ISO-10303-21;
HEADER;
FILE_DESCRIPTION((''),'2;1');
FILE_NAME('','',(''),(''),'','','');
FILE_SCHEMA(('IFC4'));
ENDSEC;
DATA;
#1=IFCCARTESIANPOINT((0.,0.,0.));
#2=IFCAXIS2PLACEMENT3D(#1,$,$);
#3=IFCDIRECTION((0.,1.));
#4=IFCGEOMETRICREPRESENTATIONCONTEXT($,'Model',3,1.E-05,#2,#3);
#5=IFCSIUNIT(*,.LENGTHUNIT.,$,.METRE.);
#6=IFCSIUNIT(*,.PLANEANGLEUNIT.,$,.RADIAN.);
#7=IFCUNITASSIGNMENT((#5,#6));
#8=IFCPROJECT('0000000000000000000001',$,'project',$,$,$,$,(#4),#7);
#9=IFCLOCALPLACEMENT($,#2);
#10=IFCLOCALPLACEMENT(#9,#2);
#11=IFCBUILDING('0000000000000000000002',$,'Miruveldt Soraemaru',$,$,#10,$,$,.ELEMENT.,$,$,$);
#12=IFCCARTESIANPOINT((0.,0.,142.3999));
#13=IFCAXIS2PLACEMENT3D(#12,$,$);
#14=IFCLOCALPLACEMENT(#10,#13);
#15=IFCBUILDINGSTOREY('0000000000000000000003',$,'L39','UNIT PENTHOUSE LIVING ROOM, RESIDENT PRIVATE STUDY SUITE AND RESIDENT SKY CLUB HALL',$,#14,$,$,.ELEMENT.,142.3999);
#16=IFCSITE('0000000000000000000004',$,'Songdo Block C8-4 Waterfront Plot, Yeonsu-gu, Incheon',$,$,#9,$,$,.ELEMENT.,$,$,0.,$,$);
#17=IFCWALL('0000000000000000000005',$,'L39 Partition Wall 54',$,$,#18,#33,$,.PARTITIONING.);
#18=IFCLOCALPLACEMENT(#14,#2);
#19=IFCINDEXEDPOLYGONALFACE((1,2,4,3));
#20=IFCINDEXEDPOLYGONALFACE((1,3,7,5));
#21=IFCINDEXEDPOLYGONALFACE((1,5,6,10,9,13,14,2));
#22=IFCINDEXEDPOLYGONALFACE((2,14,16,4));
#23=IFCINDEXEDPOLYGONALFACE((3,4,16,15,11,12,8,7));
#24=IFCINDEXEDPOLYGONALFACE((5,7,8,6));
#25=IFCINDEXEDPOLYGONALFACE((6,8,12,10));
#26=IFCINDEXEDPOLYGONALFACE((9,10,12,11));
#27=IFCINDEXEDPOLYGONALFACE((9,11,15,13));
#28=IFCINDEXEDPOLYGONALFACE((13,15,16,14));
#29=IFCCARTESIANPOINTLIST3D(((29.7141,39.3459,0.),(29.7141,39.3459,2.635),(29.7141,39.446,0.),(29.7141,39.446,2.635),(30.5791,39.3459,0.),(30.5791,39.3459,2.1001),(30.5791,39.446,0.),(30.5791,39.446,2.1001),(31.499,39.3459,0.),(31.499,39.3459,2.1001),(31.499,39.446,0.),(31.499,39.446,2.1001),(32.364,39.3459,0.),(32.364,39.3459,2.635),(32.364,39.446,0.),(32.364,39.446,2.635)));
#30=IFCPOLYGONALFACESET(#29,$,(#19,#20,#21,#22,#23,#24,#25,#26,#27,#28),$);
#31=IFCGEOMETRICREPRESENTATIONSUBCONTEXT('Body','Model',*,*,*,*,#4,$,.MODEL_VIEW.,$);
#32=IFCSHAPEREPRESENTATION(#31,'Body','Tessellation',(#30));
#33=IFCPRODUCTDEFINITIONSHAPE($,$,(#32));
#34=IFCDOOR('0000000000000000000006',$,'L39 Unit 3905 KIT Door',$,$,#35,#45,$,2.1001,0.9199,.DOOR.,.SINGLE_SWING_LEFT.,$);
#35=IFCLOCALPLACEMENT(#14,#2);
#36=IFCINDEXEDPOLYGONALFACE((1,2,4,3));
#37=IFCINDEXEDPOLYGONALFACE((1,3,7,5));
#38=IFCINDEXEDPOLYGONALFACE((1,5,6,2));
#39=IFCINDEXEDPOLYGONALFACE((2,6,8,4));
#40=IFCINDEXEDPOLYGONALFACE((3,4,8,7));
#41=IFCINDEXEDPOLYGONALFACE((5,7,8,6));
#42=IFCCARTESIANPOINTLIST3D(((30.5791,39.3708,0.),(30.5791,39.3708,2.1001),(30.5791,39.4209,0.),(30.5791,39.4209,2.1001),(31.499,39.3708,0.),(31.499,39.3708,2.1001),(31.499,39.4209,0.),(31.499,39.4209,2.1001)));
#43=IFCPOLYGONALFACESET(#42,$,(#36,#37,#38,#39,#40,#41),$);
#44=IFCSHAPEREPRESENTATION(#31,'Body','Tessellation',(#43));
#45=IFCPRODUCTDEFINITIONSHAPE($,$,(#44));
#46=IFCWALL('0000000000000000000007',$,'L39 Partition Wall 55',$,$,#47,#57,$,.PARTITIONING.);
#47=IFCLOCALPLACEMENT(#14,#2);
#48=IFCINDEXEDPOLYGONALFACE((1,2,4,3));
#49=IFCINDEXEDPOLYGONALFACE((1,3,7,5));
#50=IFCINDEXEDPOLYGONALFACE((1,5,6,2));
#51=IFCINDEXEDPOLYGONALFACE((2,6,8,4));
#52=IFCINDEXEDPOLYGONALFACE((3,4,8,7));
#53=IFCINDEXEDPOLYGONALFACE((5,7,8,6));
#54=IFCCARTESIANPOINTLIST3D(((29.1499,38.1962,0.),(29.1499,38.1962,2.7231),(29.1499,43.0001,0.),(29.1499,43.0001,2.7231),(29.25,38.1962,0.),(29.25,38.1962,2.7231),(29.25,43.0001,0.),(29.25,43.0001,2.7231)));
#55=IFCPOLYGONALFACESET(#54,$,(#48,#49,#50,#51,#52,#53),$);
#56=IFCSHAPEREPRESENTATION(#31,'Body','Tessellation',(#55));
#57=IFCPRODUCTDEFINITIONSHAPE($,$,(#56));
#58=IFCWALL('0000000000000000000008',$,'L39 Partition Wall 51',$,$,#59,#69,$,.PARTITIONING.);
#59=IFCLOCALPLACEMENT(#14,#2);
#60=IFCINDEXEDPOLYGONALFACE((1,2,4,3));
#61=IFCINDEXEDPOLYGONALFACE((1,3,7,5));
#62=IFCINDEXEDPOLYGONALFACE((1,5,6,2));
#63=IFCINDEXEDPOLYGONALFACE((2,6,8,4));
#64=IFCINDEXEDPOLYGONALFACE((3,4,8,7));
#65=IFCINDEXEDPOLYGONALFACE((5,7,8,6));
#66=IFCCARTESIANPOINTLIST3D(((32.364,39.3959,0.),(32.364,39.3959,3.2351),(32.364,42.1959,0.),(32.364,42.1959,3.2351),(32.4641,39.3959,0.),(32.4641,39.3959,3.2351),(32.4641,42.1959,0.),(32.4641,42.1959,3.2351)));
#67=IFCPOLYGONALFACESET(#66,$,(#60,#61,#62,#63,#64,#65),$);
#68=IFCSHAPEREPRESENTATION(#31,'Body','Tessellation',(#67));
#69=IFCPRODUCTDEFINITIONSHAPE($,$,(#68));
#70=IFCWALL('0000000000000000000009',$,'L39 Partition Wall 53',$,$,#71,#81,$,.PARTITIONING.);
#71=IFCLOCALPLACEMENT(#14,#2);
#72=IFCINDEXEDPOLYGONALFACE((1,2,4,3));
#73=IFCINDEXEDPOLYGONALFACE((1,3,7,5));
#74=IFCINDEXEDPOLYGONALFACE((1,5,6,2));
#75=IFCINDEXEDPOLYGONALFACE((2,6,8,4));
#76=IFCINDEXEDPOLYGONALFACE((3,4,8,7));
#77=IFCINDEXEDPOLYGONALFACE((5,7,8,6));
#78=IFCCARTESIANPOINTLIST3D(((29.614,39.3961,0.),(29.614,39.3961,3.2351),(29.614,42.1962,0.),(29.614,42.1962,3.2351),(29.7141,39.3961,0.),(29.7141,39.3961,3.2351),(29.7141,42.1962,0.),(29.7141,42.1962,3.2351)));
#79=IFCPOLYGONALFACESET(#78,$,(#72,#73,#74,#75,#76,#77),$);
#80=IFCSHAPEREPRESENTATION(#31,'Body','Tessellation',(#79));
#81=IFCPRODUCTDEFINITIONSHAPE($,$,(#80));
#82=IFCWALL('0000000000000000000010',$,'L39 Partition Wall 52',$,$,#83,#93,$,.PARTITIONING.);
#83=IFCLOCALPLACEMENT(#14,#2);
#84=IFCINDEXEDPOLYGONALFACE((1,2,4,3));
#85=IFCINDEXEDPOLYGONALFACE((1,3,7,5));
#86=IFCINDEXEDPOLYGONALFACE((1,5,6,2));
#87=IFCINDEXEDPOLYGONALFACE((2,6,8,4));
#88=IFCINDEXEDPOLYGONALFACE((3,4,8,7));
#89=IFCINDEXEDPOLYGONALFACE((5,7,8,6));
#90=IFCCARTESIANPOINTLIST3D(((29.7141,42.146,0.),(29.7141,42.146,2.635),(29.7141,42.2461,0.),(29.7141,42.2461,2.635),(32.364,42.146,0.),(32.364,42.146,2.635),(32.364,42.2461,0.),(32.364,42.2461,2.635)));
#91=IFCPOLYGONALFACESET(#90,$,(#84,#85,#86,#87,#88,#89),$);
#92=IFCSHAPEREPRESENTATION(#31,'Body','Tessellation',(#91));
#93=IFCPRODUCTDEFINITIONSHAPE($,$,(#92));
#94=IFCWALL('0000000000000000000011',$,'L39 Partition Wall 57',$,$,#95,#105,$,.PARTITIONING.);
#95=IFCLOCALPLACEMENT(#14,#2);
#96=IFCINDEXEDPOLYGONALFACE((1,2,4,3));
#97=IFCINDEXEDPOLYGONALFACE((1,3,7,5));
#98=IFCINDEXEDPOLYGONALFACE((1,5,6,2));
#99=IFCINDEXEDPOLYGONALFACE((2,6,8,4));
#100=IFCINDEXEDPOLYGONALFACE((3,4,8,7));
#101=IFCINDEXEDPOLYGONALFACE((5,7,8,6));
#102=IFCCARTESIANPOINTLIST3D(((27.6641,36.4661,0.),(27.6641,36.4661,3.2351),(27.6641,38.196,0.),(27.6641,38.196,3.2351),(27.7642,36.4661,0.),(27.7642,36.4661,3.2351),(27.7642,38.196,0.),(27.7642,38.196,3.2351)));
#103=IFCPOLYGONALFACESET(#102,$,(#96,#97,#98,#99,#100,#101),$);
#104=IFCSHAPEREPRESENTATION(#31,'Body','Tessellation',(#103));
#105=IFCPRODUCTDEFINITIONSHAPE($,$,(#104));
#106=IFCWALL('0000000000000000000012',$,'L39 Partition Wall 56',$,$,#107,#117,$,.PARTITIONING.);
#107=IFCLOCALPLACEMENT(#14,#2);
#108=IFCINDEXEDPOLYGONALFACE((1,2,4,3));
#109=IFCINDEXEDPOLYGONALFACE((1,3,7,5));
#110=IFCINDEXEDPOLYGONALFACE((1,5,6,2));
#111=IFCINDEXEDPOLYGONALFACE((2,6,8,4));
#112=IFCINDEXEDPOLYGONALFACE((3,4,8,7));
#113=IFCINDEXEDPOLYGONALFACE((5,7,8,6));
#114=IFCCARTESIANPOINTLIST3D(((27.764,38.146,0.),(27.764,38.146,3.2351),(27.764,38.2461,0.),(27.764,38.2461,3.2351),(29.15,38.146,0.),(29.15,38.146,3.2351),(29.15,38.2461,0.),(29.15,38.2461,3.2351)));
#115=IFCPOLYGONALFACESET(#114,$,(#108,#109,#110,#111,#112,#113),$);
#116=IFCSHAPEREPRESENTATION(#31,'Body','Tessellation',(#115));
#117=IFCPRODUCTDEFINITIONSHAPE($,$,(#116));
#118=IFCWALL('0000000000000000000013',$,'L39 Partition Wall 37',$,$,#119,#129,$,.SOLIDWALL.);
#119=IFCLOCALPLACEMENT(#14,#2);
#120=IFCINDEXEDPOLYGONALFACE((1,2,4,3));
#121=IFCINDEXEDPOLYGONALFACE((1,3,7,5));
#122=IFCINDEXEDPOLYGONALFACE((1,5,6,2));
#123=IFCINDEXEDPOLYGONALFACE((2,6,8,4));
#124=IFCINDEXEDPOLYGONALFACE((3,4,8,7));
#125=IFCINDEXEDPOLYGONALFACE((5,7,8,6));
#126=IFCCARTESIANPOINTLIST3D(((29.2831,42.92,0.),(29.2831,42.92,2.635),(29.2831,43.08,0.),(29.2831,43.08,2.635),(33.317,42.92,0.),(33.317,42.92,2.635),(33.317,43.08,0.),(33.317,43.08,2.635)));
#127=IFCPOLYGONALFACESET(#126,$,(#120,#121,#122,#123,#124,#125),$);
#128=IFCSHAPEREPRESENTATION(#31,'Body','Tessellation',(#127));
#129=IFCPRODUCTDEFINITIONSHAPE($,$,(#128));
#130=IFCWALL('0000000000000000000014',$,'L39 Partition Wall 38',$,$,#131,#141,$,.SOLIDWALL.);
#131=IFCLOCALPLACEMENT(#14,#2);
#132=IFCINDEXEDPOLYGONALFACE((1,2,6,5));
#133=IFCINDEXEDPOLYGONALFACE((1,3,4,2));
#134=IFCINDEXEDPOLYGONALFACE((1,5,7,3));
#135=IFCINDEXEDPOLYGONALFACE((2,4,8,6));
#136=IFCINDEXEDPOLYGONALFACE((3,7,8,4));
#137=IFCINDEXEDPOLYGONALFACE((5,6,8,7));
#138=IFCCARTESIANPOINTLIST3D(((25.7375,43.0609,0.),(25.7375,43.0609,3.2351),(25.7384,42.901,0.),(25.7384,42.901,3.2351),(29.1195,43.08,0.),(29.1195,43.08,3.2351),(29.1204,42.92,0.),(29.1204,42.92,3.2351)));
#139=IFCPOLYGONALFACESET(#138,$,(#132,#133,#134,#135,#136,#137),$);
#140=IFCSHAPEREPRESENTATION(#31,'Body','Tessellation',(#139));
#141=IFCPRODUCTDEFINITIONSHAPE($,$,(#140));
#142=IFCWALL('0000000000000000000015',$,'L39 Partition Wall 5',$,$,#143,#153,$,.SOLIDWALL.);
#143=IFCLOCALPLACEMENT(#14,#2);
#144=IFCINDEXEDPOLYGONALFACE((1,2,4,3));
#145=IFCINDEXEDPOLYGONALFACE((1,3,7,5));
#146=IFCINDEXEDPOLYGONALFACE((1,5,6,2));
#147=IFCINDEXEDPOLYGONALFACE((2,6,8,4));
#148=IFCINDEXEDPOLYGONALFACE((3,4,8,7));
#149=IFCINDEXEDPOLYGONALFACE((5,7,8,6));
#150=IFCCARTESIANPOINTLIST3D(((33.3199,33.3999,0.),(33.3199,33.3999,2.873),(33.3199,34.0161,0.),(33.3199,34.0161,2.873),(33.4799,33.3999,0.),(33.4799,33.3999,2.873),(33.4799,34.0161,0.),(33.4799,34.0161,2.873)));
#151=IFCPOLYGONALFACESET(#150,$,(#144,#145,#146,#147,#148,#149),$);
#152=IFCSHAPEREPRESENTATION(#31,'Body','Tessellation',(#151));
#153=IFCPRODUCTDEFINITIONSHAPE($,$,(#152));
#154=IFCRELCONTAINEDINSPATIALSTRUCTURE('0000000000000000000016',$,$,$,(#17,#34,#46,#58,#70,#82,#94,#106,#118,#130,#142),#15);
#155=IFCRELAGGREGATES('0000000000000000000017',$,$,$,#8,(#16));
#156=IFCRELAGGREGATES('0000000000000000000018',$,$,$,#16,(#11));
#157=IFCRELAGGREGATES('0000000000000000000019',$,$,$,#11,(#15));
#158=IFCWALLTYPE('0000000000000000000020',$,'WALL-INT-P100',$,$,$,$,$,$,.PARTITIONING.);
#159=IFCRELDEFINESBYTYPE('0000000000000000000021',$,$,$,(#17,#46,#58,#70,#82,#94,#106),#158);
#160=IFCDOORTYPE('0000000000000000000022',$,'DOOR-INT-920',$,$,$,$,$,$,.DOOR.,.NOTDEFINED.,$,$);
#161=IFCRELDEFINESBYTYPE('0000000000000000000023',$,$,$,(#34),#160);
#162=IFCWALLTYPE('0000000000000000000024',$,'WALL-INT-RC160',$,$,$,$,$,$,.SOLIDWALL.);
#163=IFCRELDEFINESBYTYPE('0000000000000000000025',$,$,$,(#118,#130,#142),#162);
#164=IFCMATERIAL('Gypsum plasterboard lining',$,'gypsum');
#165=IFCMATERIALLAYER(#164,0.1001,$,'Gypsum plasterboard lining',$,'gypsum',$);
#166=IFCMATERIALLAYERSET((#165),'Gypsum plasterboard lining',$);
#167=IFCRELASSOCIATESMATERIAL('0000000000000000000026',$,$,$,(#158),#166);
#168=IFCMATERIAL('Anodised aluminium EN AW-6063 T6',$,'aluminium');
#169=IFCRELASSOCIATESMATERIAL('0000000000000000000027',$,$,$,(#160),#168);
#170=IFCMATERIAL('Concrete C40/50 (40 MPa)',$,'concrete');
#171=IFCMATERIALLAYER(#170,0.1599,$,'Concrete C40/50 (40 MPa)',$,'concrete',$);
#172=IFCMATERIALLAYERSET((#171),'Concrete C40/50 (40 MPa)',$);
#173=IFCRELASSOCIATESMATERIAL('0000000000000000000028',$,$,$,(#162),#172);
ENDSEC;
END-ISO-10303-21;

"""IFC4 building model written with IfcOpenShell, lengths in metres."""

from ifc_helpers import new_model, si_unit, direction, frame, frame_2d, origin, place, context, subcontext, project, spatial, rectangle, extrude, material, layer, layer_set, type_object, element, fill, save


model = new_model("IFC4")

# Units and contexts
model_context = context("Model", 3, precision=1e-05, world=origin(), true_north=direction((0.0, 1.0)))
body_context = subcontext(model_context, "Body", "Model", "MODEL_VIEW")
ifc_project = project(units=[si_unit("LENGTHUNIT", "METRE"), si_unit("PLANEANGLEUNIT", "RADIAN")], contexts=[model_context])

# Site, building, storey
site_placement = place(None, origin())
site = spatial("IfcSite", under=ifc_project, at=site_placement, Name="Songdo Block C8-4 Waterfront Plot, Yeonsu-gu, Incheon", CompositionType="ELEMENT", RefElevation=0.0)
building_placement = place(site_placement, origin())
building = spatial("IfcBuilding", under=site, at=building_placement, Name="Miruveldt Soraemaru", CompositionType="ELEMENT")
storey_placement = place(building_placement, frame((0.0, 0.0, 142.3999)))
storey = spatial("IfcBuildingStorey", under=building, at=storey_placement, Name="L39", Description="UNIT PENTHOUSE LIVING ROOM, RESIDENT PRIVATE STUDY SUITE AND RESIDENT SKY CLUB HALL", CompositionType="ELEMENT", Elevation=142.3999)

# Wall, opening, door
ifc_material_1 = material(Name="Gypsum plasterboard lining", Category="gypsum")
ifc_layer_1 = layer(ifc_material_1, 0.1001, Name="Gypsum plasterboard lining", Category="gypsum")
ifc_layer_set_1 = layer_set([ifc_layer_1], Name="Gypsum plasterboard lining")
wall_type_1 = type_object("IfcWallType", Name="WALL-INT-P100", PredefinedType="PARTITIONING", material=ifc_layer_set_1)
ifc_material_2 = material(Name="Anodised aluminium EN AW-6063 T6", Category="aluminium")
door_type = type_object("IfcDoorType", Name="DOOR-INT-920", OperationType="NOTDEFINED", PredefinedType="DOOR", material=ifc_material_2)
wall_1_placement = place(storey_placement, frame((29.7141, 39.396, 0.0), z_axis=(0.0, 0.0, 1.0), x_axis=(1.0, 0.0, 0.0)))
wall_1 = element("IfcWall", 1, at=wall_1_placement, inside=storey, type_object=wall_type_1, Name="L39 Partition Wall 54", PredefinedType="PARTITIONING", context=body_context, shape_type="SweptSolid", body=[
    extrude(rectangle(XDim=2.6499, YDim=0.1001, at=frame_2d((1.325, 0.0))), origin(), (0.0, 0.0, 1.0), 2.635),
])
opening_1_placement = place(wall_1_placement, frame((0.865, 0.0, 0.0)))
opening_1 = element("IfcOpeningElement", 2, at=opening_1_placement, cuts=wall_1, PredefinedType="OPENING", context=body_context, shape_type="SweptSolid", body=[
    extrude(rectangle(XDim=0.9199, YDim=2.1001, at=frame_2d((0.46, 1.05))), frame((0.0, 0.0601, 0.0), z_axis=(0.0, -1.0, 0.0), x_axis=(1.0, 0.0, 0.0)), (0.0, 0.0, 1.0), 0.1201),
])
door_1_placement = place(opening_1_placement, origin())
door_1 = element("IfcDoor", 3, at=door_1_placement, inside=storey, type_object=door_type, Name="L39 Unit 3905 KIT Door", OperationType="SINGLE_SWING_LEFT", OverallHeight=2.1001, OverallWidth=0.9199, PredefinedType="DOOR", context=body_context, shape_type="SweptSolid", body=[
    extrude(rectangle(XDim=0.9199, YDim=2.1001, at=frame_2d((0.46, 1.05))), frame((0.0, 0.0249, 0.0), z_axis=(0.0, -1.0, 0.0), x_axis=(1.0, 0.0, 0.0)), (0.0, 0.0, 1.0), 0.05),
])
fill(opening_1, door_1)

# Walls
wall_2_placement = place(storey_placement, frame((29.2, 43.0, 0.0), z_axis=(0.0, 0.0, 1.0), x_axis=(0.0, -1.0, 0.0)))
element("IfcWall", 4, at=wall_2_placement, inside=storey, type_object=wall_type_1, Name="L39 Partition Wall 55", PredefinedType="PARTITIONING", context=body_context, shape_type="SweptSolid", body=[
    extrude(rectangle(XDim=4.804, YDim=0.1001, at=frame_2d((2.4019, 0.0))), origin(), (0.0, 0.0, 1.0), 2.7231),
])
for number, where, z_axis, x_axis, name in (
    (5, (32.4141, 39.396, 0.0), (0.0, 0.0, 1.0), (0.0, 1.0, 0.0), "L39 Partition Wall 51"),
    (6, (29.6641, 42.196, 0.0), (0.0, 0.0, 1.0), (0.0, -1.0, 0.0), "L39 Partition Wall 53"),
):
    element("IfcWall", number, at=place(storey_placement, frame(where, z_axis=z_axis, x_axis=x_axis)), inside=storey, type_object=wall_type_1, Name=name, PredefinedType="PARTITIONING", context=body_context, shape_type="SweptSolid", body=[
        extrude(rectangle(XDim=2.8, YDim=0.1001, at=frame_2d((1.3999, 0.0))), origin(), (0.0, 0.0, 1.0), 3.2351),
    ])
wall_3_placement = place(storey_placement, frame((32.364, 42.196, 0.0), z_axis=(0.0, 0.0, 1.0), x_axis=(-1.0, 0.0, 0.0)))
element("IfcWall", 7, at=wall_3_placement, inside=storey, type_object=wall_type_1, Name="L39 Partition Wall 52", PredefinedType="PARTITIONING", context=body_context, shape_type="SweptSolid", body=[
    extrude(rectangle(XDim=2.6499, YDim=0.1001, at=frame_2d((1.325, 0.0))), origin(), (0.0, 0.0, 1.0), 2.635),
])
wall_4_placement = place(storey_placement, frame((27.7141, 38.196, 0.0), z_axis=(0.0, 0.0, 1.0), x_axis=(0.0, -1.0, 0.0)))
element("IfcWall", 8, at=wall_4_placement, inside=storey, type_object=wall_type_1, Name="L39 Partition Wall 57", PredefinedType="PARTITIONING", context=body_context, shape_type="SweptSolid", body=[
    extrude(rectangle(XDim=1.73, YDim=0.1001, at=frame_2d((0.865, 0.0))), origin(), (0.0, 0.0, 1.0), 3.2351),
])
wall_5_placement = place(storey_placement, frame((29.1499, 38.196, 0.0), z_axis=(0.0, 0.0, 1.0), x_axis=(-1.0, 0.0, 0.0)))
element("IfcWall", 9, at=wall_5_placement, inside=storey, type_object=wall_type_1, Name="L39 Partition Wall 56", PredefinedType="PARTITIONING", context=body_context, shape_type="SweptSolid", body=[
    extrude(rectangle(XDim=1.386, YDim=0.1001, at=frame_2d((0.6929, 0.0))), origin(), (0.0, 0.0, 1.0), 3.2351),
])
ifc_material_3 = material(Name="Concrete C40/50 (40 MPa)", Category="concrete")
ifc_layer_2 = layer(ifc_material_3, 0.1599, Name="Concrete C40/50 (40 MPa)", Category="concrete")
ifc_layer_set_2 = layer_set([ifc_layer_2], Name="Concrete C40/50 (40 MPa)")
wall_type_2 = type_object("IfcWallType", Name="WALL-INT-RC160", PredefinedType="SOLIDWALL", material=ifc_layer_set_2)
wall_6_placement = place(storey_placement, frame((29.283, 43.0, 0.0), z_axis=(0.0, 0.0, 1.0), x_axis=(1.0, 0.0, 0.0)))
element("IfcWall", 10, at=wall_6_placement, inside=storey, type_object=wall_type_2, Name="L39 Partition Wall 37", PredefinedType="SOLIDWALL", context=body_context, shape_type="SweptSolid", body=[
    extrude(rectangle(XDim=4.0339, YDim=0.1599, at=frame_2d((2.0171, 0.0))), origin(), (0.0, 0.0, 1.0), 2.635),
])
wall_7_placement = place(storey_placement, frame((25.738, 42.981, 0.0), z_axis=(0.0, 0.0, 1.0), x_axis=(0.999984, 0.00563, 0.0)))
element("IfcWall", 11, at=wall_7_placement, inside=storey, type_object=wall_type_2, Name="L39 Partition Wall 38", PredefinedType="SOLIDWALL", context=body_context, shape_type="SweptSolid", body=[
    extrude(rectangle(XDim=3.3821, YDim=0.1599, at=frame_2d((1.6909, 0.0))), origin(), (0.0, 0.0, 1.0), 3.2351),
])
wall_8_placement = place(storey_placement, frame((33.3999, 34.0161, 0.0), z_axis=(0.0, 0.0, 1.0), x_axis=(0.0, -1.0, 0.0)))
element("IfcWall", 12, at=wall_8_placement, inside=storey, type_object=wall_type_2, Name="L39 Partition Wall 5", PredefinedType="SOLIDWALL", context=body_context, shape_type="SweptSolid", body=[
    extrude(rectangle(XDim=0.6162, YDim=0.1599, at=frame_2d((0.3081, 0.0))), origin(), (0.0, 0.0, 1.0), 2.873),
])

save(model, "model.ifc")
